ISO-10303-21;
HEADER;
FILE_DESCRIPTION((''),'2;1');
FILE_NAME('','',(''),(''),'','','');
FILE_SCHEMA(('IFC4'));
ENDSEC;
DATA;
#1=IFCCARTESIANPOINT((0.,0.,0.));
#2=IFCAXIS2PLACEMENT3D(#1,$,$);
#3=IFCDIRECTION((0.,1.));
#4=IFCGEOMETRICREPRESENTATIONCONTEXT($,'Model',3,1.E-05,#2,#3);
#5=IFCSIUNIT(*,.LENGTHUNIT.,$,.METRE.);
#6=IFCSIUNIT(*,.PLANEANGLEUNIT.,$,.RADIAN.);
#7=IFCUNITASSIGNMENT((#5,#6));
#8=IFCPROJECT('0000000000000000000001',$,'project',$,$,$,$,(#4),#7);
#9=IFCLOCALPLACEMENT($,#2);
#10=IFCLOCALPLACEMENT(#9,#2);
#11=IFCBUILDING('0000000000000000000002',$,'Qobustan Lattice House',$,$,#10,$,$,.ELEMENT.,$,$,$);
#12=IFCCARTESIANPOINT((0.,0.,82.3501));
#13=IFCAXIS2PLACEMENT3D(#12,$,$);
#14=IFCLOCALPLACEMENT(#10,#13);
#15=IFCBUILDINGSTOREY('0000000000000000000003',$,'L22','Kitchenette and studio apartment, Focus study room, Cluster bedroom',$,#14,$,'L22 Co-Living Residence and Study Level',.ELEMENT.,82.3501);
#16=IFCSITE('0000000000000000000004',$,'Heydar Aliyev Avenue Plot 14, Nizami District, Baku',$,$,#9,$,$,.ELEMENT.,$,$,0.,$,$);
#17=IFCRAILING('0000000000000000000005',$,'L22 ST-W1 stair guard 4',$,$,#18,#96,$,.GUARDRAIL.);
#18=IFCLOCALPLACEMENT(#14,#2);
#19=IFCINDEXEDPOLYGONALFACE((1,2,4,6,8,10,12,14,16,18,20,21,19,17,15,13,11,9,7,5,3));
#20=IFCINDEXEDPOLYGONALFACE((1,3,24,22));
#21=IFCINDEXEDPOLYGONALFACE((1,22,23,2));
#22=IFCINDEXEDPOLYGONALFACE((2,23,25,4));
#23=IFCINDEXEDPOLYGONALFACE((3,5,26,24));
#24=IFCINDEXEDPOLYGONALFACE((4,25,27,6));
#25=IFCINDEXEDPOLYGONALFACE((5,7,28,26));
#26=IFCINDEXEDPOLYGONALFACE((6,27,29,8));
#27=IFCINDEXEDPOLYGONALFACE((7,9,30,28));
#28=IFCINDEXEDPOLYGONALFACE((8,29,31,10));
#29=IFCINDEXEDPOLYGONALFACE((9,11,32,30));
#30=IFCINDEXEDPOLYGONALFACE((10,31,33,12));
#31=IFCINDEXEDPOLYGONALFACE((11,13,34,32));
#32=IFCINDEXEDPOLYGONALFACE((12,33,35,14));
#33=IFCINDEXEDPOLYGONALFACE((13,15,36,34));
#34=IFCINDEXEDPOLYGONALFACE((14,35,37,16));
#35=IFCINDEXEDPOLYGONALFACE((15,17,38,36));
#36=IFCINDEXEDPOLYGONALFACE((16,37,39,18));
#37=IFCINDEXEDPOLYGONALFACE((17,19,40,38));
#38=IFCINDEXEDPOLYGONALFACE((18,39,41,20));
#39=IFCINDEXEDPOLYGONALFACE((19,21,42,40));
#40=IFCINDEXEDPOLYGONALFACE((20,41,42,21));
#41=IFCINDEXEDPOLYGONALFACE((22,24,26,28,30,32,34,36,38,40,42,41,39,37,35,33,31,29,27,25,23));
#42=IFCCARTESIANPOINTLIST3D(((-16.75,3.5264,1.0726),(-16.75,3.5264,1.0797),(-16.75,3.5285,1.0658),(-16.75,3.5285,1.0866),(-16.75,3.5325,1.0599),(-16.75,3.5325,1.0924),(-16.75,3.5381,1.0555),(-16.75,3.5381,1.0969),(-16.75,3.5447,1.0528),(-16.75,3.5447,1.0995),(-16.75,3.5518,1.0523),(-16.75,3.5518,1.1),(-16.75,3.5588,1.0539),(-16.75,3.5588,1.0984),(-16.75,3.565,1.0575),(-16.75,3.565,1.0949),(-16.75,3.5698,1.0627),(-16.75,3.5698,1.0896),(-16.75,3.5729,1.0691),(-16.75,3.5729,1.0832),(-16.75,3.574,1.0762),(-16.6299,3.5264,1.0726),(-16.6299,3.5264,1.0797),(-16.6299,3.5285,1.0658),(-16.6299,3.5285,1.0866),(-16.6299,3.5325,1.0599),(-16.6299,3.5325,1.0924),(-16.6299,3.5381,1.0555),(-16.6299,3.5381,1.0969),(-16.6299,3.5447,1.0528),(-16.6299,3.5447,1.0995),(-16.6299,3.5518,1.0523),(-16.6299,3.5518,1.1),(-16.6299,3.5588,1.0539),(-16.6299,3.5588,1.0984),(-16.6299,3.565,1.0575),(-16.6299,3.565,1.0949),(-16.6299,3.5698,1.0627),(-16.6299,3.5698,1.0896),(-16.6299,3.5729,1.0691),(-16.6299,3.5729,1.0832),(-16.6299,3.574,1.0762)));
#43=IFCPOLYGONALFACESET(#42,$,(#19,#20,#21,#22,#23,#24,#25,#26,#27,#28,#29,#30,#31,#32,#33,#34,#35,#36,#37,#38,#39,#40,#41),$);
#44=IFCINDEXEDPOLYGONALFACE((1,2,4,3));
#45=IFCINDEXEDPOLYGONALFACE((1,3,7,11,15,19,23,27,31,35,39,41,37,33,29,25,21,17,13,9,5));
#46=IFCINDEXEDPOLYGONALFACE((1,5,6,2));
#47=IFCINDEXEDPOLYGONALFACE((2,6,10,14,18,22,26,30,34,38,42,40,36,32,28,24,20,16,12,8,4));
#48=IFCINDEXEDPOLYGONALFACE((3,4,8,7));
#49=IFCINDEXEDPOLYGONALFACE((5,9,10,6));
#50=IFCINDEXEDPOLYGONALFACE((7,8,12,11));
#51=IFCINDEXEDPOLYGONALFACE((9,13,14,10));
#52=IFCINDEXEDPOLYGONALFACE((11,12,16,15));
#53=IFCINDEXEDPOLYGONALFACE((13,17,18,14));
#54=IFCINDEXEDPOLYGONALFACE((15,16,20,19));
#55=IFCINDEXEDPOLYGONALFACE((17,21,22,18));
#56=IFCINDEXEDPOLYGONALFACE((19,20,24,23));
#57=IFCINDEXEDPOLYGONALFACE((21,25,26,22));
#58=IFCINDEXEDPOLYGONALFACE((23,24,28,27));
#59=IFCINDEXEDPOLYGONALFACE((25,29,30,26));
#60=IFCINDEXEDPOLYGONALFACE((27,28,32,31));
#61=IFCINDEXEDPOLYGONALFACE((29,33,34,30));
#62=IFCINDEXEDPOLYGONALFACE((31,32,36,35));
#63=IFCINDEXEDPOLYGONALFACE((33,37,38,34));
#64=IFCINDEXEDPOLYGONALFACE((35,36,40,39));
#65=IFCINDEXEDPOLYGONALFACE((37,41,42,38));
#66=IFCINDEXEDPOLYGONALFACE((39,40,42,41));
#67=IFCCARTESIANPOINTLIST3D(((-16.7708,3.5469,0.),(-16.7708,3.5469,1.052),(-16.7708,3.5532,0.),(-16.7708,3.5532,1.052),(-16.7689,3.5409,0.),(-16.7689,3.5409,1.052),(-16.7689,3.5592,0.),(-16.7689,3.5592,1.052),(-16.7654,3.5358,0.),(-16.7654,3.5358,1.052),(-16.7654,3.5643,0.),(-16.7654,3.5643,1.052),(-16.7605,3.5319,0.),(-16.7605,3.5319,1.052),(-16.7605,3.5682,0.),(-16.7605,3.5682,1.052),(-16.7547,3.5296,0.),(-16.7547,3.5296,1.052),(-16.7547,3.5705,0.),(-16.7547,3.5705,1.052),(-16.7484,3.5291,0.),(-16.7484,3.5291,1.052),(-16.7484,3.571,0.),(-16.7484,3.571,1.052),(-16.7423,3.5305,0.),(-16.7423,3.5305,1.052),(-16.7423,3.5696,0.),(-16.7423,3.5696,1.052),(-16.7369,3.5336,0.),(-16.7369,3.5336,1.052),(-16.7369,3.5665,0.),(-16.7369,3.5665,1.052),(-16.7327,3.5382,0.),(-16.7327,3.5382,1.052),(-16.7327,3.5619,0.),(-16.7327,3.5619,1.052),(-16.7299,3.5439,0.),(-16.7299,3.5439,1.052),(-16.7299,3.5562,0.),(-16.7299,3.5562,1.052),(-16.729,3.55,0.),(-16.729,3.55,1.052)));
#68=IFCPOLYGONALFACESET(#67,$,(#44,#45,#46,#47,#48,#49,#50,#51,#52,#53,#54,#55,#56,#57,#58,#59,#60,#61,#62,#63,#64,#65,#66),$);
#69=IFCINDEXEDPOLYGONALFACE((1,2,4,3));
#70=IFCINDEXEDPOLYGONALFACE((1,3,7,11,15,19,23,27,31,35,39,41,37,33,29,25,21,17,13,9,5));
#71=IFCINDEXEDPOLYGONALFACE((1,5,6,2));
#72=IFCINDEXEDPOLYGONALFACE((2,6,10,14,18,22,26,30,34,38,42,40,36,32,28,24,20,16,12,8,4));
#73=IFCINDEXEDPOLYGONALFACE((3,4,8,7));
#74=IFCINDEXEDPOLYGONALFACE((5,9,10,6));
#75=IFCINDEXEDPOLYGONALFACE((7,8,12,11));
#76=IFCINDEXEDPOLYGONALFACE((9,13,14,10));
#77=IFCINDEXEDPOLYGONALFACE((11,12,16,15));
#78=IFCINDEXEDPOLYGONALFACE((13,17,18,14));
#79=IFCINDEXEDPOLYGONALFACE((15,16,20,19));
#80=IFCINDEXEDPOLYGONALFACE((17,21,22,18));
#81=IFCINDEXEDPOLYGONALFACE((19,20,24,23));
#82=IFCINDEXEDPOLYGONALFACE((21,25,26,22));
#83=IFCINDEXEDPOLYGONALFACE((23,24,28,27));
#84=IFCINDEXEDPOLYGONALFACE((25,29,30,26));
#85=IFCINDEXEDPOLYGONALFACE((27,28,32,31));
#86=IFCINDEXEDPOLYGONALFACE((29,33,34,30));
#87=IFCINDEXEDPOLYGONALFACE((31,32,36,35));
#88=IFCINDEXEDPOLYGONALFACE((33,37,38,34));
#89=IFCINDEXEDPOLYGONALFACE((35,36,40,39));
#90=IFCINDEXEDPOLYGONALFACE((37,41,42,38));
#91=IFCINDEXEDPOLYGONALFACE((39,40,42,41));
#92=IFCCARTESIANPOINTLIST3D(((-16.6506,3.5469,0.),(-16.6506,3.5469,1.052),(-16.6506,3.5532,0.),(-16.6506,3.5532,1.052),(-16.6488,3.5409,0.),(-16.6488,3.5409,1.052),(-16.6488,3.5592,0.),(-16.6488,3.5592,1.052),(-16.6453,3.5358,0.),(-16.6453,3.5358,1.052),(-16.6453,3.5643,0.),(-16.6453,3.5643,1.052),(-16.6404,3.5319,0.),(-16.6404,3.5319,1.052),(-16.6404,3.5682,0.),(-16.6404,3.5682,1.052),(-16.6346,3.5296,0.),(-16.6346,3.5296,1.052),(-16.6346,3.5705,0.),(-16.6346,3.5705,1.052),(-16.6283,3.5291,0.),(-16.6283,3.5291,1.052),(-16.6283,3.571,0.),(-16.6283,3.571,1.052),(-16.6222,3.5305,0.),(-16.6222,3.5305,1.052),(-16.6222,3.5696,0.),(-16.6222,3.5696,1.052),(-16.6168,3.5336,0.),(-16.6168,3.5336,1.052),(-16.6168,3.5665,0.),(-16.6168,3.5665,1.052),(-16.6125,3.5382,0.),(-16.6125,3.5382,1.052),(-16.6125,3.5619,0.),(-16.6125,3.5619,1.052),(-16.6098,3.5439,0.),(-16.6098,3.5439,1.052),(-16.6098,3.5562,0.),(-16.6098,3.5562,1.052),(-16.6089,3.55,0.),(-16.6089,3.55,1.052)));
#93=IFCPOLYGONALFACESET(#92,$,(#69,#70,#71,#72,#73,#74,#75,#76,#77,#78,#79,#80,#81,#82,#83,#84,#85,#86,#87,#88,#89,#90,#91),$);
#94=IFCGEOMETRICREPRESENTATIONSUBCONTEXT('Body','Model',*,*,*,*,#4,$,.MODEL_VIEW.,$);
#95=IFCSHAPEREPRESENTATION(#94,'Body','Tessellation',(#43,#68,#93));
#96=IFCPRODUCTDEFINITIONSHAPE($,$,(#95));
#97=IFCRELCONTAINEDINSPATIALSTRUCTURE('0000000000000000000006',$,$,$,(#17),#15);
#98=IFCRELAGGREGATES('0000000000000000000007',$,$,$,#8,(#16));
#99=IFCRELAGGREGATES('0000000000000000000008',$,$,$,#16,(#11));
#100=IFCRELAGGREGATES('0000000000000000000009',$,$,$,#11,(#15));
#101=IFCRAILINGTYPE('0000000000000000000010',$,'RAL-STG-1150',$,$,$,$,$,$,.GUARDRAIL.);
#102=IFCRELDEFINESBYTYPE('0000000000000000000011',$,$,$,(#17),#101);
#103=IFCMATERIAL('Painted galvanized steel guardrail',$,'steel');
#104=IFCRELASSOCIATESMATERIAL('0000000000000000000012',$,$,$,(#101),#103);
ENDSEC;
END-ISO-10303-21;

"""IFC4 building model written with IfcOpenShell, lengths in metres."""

from ifc_helpers import new_model, si_unit, direction, frame, origin, origin_2d, place, context, subcontext, project, spatial, circle, extrude, material, type_object, element, save


model = new_model("IFC4")

# Units and contexts
model_context = context("Model", 3, precision=1e-05, world=origin(), true_north=direction((0.0, 1.0)))
body_context = subcontext(model_context, "Body", "Model", "MODEL_VIEW")
ifc_project = project(units=[si_unit("LENGTHUNIT", "METRE"), si_unit("PLANEANGLEUNIT", "RADIAN")], contexts=[model_context])

# Site, building, storey
site_placement = place(None, origin())
site = spatial("IfcSite", under=ifc_project, at=site_placement, Name="Heydar Aliyev Avenue Plot 14, Nizami District, Baku", CompositionType="ELEMENT", RefElevation=0.0)
building_placement = place(site_placement, origin())
building = spatial("IfcBuilding", under=site, at=building_placement, Name="Qobustan Lattice House", CompositionType="ELEMENT")
storey_placement = place(building_placement, frame((0.0, 0.0, 82.3501)))
storey = spatial("IfcBuildingStorey", under=building, at=storey_placement, Name="L22", Description="Kitchenette and studio apartment, Focus study room, Cluster bedroom", LongName="L22 Co-Living Residence and Study Level", CompositionType="ELEMENT", Elevation=82.3501)

# Railing
ifc_material_1 = material(Name="Painted galvanized steel guardrail", Category="steel")
railing_type_1 = type_object("IfcRailingType", Name="RAL-STG-1150", PredefinedType="GUARDRAIL", material=ifc_material_1)
railing_1_placement = place(storey_placement, frame((-16.75, 3.55, 0.0)))
element("IfcRailing", 1, at=railing_1_placement, inside=storey, type_object=railing_type_1, Name="L22 ST-W1 stair guard 4", PredefinedType="GUARDRAIL", context=body_context, shape_type="SweptSolid", body=[
    extrude(circle(Radius=0.0239, at=origin_2d()), frame((0.0, 0.0, 1.0762), z_axis=(1.0, 0.0, 0.0), x_axis=(0.0, 1.0, 0.0)), (0.0, 0.0, 1.0), 0.1201),
    extrude(circle(Radius=0.021, at=origin_2d()), origin(), (0.0, 0.0, 1.0), 1.052),
    extrude(circle(Radius=0.021, at=origin_2d()), frame((0.1201, 0.0, 0.0)), (0.0, 0.0, 1.0), 1.052),
])

save(model, "model.ifc")
